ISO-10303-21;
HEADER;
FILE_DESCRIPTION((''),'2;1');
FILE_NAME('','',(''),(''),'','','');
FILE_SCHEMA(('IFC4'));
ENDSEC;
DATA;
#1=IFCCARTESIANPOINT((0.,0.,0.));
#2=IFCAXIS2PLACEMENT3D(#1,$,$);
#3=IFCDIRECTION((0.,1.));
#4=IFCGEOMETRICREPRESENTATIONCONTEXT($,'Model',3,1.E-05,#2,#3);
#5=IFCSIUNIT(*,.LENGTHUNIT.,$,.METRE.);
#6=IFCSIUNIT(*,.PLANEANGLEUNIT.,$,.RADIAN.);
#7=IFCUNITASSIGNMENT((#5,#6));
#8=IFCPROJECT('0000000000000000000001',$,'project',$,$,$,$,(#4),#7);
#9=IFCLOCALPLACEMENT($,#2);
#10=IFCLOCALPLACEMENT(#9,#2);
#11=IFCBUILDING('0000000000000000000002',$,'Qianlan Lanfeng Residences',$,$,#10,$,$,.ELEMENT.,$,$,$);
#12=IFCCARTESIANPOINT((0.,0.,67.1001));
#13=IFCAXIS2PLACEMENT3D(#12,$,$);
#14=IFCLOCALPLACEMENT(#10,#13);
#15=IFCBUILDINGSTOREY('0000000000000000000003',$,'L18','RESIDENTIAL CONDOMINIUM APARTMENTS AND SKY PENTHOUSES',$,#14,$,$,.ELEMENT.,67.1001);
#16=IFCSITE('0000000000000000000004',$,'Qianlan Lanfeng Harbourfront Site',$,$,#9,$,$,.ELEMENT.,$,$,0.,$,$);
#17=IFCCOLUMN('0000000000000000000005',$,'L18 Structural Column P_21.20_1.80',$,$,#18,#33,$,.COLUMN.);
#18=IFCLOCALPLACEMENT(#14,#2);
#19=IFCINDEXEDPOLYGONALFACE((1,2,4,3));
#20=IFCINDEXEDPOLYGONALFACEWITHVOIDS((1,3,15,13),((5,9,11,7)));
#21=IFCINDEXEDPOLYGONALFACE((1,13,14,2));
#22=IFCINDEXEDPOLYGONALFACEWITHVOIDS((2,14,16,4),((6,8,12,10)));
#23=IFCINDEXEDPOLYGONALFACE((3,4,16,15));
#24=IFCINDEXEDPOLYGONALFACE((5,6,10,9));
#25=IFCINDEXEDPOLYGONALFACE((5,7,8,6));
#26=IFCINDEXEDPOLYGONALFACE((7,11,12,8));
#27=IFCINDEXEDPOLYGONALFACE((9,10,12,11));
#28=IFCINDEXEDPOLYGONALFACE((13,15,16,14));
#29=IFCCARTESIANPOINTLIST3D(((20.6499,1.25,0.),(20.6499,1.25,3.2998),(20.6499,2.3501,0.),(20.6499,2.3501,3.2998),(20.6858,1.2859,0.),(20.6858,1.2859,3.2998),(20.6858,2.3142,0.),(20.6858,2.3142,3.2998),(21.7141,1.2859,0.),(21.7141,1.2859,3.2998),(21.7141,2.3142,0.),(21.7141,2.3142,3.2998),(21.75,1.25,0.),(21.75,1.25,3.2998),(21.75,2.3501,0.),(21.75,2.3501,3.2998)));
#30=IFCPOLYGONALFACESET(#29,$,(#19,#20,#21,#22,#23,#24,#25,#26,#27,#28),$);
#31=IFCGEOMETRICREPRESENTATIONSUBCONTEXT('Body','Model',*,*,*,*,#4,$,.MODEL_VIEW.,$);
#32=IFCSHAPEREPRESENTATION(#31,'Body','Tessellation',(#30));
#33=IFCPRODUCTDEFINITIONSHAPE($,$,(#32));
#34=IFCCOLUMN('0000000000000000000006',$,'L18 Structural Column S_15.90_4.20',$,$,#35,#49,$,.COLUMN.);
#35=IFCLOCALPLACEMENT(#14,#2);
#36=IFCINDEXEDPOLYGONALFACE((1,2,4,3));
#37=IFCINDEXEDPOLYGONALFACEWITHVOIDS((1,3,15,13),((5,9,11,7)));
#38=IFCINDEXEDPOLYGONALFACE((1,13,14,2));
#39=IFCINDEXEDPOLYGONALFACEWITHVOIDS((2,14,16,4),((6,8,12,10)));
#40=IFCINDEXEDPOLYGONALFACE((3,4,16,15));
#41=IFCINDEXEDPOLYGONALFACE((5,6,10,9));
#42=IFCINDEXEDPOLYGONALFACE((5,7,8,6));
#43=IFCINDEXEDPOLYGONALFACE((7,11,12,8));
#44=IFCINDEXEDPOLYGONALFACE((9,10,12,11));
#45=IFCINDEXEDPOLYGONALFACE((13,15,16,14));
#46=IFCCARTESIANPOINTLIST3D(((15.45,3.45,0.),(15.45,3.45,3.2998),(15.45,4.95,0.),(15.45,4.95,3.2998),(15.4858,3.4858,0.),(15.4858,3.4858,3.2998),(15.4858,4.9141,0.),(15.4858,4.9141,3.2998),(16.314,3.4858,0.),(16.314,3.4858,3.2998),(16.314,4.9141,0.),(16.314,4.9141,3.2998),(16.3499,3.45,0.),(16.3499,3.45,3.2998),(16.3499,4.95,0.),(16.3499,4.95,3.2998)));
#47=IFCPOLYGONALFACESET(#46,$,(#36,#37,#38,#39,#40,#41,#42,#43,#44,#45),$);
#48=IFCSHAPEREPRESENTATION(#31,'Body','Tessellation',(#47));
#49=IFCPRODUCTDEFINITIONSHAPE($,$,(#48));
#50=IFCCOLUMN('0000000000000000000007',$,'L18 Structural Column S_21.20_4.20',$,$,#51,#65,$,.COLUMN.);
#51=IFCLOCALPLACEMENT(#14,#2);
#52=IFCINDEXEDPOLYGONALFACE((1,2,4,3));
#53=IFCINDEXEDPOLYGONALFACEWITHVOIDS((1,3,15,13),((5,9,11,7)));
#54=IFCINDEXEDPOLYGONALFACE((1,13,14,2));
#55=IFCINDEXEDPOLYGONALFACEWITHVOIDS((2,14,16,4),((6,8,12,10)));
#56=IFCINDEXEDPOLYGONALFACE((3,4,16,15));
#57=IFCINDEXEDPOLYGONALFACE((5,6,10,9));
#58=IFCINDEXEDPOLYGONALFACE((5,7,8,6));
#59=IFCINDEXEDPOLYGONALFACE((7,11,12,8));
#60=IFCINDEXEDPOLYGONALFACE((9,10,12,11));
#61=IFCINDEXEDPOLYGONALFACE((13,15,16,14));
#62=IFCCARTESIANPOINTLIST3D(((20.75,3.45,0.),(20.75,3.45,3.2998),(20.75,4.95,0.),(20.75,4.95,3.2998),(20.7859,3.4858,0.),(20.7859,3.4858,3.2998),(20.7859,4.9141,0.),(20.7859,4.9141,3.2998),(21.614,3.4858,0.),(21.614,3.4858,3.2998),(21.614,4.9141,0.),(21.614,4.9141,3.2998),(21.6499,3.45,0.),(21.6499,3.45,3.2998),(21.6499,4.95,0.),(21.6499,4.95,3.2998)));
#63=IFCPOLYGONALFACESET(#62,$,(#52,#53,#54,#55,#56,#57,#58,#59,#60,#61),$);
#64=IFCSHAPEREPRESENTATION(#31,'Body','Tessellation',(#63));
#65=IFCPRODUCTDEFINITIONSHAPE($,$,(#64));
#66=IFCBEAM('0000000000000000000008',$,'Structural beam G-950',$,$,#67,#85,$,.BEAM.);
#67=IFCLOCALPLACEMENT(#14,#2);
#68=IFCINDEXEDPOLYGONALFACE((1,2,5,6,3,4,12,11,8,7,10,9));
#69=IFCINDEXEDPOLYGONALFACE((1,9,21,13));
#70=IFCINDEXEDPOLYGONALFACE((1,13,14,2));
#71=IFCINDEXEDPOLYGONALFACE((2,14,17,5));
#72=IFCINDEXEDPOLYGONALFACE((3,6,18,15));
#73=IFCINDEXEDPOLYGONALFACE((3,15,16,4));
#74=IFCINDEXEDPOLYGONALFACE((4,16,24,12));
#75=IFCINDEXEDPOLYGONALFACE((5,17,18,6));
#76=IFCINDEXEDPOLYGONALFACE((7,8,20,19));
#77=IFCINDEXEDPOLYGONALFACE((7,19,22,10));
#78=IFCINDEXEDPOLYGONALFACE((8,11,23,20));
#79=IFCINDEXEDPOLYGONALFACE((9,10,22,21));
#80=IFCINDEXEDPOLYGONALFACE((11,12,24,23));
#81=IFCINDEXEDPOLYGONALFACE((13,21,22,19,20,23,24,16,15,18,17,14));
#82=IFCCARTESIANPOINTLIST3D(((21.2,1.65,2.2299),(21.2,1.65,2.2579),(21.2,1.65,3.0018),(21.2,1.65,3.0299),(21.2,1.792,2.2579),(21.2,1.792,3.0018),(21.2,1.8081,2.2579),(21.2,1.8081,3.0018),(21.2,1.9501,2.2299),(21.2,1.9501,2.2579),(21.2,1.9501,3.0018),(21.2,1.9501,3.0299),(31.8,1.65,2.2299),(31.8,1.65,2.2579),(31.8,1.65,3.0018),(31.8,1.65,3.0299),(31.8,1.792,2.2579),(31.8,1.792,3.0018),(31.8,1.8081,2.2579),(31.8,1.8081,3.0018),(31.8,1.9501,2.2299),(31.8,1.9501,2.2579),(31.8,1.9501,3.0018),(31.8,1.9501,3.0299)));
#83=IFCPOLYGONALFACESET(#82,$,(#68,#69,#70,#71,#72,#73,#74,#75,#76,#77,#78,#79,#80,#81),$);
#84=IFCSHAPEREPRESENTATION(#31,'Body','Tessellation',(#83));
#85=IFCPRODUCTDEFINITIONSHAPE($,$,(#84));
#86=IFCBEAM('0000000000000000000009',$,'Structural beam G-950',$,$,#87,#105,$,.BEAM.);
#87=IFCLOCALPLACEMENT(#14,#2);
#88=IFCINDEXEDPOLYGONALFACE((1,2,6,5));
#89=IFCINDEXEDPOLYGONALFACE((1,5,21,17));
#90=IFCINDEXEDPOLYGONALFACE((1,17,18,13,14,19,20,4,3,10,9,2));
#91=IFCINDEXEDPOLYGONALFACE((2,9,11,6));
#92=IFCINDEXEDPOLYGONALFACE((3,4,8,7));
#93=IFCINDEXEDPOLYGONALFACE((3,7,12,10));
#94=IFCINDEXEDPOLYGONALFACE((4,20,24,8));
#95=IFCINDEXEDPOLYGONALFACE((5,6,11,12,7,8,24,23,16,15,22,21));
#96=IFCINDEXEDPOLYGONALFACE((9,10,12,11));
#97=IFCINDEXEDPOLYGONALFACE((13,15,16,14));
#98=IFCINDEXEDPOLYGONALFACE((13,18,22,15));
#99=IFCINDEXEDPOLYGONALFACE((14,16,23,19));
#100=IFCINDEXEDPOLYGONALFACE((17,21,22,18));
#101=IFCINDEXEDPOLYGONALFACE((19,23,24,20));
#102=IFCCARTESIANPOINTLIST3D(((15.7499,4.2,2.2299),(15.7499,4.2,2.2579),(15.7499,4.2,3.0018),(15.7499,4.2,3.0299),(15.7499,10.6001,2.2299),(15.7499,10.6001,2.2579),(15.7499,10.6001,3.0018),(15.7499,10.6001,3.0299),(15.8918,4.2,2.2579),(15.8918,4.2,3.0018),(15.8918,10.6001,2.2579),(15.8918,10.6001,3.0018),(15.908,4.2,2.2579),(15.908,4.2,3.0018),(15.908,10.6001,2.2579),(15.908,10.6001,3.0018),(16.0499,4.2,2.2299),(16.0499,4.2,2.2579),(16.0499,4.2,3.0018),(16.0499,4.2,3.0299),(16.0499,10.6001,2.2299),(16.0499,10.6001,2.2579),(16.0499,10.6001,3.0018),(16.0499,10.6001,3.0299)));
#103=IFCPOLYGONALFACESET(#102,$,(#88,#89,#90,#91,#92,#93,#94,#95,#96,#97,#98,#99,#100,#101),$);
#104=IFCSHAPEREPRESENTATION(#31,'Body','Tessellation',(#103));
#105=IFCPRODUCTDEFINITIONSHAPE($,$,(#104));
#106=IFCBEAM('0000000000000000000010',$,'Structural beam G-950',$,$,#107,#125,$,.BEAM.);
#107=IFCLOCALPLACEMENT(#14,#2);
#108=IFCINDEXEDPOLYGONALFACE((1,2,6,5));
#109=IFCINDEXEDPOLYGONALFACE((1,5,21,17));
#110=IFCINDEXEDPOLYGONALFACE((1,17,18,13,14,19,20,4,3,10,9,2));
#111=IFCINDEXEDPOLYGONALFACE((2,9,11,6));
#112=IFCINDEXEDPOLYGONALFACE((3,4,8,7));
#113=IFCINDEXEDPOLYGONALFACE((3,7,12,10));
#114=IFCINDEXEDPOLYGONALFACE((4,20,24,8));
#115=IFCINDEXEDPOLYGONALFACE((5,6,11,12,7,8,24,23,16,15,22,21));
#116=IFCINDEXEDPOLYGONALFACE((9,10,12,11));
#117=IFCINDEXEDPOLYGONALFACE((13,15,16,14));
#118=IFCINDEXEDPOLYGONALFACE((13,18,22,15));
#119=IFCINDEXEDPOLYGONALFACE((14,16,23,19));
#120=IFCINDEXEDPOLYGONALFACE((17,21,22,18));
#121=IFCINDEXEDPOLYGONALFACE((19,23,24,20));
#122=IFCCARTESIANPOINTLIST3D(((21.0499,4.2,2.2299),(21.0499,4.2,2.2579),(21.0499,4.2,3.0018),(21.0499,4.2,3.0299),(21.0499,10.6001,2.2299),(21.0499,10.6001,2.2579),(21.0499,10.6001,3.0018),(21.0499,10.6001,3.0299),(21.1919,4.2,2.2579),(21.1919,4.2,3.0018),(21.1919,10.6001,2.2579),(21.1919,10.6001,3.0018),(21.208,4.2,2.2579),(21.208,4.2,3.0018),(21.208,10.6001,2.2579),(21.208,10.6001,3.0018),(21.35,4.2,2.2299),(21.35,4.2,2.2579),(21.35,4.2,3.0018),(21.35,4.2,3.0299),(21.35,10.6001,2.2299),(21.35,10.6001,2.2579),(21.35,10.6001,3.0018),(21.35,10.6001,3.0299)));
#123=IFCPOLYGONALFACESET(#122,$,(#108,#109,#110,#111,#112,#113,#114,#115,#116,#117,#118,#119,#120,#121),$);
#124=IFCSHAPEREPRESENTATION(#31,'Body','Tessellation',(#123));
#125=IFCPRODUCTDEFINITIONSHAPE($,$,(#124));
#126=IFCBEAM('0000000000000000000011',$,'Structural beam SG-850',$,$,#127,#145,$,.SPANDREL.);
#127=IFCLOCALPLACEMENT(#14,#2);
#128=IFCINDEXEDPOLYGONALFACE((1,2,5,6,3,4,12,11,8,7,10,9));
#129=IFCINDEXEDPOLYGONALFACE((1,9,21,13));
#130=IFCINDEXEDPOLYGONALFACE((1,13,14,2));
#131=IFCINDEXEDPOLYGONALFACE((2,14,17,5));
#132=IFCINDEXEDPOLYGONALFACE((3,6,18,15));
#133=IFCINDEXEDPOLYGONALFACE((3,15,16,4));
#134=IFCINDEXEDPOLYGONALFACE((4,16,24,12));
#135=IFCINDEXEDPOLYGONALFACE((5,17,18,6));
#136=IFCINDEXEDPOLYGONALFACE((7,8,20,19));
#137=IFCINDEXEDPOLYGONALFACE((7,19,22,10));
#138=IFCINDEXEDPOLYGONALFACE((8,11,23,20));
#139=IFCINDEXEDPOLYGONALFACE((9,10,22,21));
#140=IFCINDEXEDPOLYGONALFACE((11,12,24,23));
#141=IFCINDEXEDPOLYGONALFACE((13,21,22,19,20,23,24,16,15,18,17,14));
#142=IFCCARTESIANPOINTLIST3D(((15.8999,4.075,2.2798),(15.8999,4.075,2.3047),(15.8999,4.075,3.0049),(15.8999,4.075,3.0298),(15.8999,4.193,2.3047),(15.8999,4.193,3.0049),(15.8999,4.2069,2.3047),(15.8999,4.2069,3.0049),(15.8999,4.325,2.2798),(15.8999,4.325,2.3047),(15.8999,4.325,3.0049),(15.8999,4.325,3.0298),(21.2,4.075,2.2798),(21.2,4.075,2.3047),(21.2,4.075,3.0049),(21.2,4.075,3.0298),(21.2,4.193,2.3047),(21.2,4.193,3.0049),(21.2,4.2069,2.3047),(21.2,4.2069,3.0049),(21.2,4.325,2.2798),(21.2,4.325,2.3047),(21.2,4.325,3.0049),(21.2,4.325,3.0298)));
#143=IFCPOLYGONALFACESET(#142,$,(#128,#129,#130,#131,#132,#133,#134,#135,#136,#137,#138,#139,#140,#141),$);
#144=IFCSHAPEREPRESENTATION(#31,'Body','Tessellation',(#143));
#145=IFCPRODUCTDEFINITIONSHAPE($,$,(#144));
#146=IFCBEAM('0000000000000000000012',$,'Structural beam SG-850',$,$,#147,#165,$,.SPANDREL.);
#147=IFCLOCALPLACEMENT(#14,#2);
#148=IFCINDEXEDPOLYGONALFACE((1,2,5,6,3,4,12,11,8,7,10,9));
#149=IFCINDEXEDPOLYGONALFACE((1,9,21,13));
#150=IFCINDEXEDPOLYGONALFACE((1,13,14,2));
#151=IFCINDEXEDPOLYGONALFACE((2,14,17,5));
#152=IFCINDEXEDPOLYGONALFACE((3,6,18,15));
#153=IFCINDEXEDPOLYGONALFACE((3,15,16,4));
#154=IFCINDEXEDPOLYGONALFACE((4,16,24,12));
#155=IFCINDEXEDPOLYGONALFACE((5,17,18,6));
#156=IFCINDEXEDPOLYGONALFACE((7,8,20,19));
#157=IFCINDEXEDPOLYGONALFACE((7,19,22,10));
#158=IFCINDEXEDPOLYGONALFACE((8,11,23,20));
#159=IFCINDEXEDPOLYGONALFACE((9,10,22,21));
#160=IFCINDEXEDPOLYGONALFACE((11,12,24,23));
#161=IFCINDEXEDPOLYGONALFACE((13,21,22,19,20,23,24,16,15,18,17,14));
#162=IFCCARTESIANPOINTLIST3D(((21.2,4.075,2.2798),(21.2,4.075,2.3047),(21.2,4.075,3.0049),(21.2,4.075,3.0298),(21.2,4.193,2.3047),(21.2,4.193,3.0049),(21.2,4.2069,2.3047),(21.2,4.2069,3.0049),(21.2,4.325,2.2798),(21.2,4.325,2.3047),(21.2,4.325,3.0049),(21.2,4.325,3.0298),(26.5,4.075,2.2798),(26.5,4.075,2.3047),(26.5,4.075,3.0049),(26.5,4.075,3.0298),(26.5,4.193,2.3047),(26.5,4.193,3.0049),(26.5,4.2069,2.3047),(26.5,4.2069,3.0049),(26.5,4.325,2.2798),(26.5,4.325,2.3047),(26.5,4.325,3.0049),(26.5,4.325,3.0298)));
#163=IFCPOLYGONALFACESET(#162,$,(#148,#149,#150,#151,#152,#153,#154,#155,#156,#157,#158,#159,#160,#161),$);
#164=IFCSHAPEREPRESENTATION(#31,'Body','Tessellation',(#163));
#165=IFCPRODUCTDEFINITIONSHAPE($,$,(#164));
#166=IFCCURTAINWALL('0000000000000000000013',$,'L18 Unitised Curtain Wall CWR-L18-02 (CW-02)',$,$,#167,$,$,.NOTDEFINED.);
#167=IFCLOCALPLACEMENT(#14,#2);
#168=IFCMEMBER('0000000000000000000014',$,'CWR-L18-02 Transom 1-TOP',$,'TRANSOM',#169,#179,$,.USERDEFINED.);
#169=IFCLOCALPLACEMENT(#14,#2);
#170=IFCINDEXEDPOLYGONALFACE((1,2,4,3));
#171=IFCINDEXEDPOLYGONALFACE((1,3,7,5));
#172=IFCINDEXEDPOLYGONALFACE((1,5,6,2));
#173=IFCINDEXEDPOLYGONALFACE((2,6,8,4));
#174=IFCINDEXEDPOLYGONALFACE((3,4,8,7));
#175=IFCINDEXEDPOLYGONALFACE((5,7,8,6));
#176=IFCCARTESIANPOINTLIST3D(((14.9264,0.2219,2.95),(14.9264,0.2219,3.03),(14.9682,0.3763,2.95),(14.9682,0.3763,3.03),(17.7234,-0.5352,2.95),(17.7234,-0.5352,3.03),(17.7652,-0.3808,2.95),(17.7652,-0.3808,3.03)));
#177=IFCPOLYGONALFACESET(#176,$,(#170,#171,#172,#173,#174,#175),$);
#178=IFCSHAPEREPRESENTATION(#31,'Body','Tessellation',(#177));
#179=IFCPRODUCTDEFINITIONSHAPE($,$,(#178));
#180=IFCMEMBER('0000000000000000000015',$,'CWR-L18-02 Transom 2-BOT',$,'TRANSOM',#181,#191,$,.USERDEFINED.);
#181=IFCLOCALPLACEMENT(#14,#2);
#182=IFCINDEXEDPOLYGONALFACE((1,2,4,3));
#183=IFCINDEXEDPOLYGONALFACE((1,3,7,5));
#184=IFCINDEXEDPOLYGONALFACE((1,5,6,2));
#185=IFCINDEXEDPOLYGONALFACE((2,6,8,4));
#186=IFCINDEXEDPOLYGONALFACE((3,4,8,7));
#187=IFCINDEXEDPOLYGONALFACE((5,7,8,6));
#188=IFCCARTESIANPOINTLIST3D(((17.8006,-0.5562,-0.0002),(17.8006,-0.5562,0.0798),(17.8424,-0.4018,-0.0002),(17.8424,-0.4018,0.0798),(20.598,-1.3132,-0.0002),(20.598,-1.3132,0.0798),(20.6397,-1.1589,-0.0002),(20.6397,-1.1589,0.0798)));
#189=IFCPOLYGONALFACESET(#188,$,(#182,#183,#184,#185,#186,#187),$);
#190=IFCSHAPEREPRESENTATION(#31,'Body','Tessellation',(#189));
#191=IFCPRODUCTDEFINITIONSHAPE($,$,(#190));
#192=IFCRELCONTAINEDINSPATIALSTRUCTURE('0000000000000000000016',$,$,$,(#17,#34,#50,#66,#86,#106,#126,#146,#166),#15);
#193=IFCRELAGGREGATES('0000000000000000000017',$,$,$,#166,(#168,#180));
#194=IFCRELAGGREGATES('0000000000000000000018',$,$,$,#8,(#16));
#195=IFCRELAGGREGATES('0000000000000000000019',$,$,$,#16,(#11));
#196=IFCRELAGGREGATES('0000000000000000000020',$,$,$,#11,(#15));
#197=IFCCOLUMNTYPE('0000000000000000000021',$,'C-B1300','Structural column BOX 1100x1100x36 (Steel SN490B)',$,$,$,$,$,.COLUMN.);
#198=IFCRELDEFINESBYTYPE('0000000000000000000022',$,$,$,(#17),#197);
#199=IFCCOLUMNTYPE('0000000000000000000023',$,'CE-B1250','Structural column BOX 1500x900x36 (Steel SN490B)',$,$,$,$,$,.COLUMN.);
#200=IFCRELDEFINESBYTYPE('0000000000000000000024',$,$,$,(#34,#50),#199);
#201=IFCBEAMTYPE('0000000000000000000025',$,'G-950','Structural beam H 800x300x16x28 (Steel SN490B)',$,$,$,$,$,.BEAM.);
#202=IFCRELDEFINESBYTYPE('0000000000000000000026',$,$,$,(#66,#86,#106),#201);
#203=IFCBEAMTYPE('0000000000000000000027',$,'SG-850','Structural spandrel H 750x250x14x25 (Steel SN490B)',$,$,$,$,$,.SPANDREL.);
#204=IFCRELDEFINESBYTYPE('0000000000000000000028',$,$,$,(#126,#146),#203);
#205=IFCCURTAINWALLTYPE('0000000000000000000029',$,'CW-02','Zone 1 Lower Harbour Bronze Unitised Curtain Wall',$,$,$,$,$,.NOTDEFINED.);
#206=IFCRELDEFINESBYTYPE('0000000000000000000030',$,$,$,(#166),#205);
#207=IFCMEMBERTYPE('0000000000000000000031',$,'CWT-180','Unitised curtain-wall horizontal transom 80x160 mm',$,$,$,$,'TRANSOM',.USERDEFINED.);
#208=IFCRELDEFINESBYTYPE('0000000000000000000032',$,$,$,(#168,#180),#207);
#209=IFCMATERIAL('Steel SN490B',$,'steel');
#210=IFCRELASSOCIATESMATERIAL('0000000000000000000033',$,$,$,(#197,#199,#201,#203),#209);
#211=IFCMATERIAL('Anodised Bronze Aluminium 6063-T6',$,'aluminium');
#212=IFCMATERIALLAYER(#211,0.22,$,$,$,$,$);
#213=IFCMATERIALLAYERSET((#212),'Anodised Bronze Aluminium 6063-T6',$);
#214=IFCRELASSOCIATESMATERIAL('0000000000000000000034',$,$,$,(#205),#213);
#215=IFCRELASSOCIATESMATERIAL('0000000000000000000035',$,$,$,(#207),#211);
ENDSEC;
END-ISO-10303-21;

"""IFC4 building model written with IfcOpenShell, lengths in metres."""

from ifc_helpers import new_model, si_unit, direction, frame, origin, origin_2d, place, context, subcontext, project, spatial, rectangle, hollow_rectangle, i_section, extrude, source, transform, mapped, material, layer, layer_set, material_profile, profile_set, type_object, element, aggregate, save


model = new_model("IFC4")

# Units and contexts
model_context = context("Model", 3, precision=1e-05, world=origin(), true_north=direction((0.0, 1.0)))
body_context = subcontext(model_context, "Body", "Model", "MODEL_VIEW")
ifc_project = project(units=[si_unit("LENGTHUNIT", "METRE"), si_unit("PLANEANGLEUNIT", "RADIAN")], contexts=[model_context])

# Site, building, storey
site_placement = place(None, origin())
site = spatial("IfcSite", under=ifc_project, at=site_placement, Name="Qianlan Lanfeng Harbourfront Site", CompositionType="ELEMENT", RefElevation=0.0)
building_placement = place(site_placement, origin())
building = spatial("IfcBuilding", under=site, at=building_placement, Name="Qianlan Lanfeng Residences", CompositionType="ELEMENT")
storey_placement = place(building_placement, frame((0.0, 0.0, 67.1001)))
storey = spatial("IfcBuildingStorey", under=building, at=storey_placement, Name="L18", Description="RESIDENTIAL CONDOMINIUM APARTMENTS AND SKY PENTHOUSES", CompositionType="ELEMENT", Elevation=67.1001)

# Columns
ifc_material_1 = material(Name="Steel SN490B", Category="steel")
ifc_material_profile_1 = material_profile(ifc_material_1, hollow_rectangle(XDim=1.1001, YDim=1.1001, WallThickness=0.0359, at=origin_2d()), Name="BOX 1100x1100x36")
ifc_profile_set_1 = profile_set([ifc_material_profile_1], Name="Steel SN490B")
column_type_1 = type_object("IfcColumnType", Name="C-B1300", Description="Structural column BOX 1100x1100x36 (Steel SN490B)", PredefinedType="COLUMN", material=ifc_profile_set_1)
column_placement = place(storey_placement, frame((21.2, 1.8, 0.0), z_axis=(0.0, 0.0, 1.0), x_axis=(1.0, 0.0, 0.0)))
element("IfcColumn", 1, at=column_placement, inside=storey, type_object=column_type_1, Name="L18 Structural Column P_21.20_1.80", PredefinedType="COLUMN", context=body_context, shape_type="SweptSolid", body=[
    extrude(hollow_rectangle(XDim=1.1001, YDim=1.1001, WallThickness=0.0359, at=origin_2d()), origin(), (0.0, 0.0, 1.0), 3.2998),
])
ifc_material_profile_2 = material_profile(ifc_material_1, hollow_rectangle(XDim=0.8999, YDim=1.5, WallThickness=0.0359, at=origin_2d()), Name="BOX 1500x900x36")
ifc_profile_set_2 = profile_set([ifc_material_profile_2], Name="Steel SN490B")
column_type_2 = type_object("IfcColumnType", Name="CE-B1250", Description="Structural column BOX 1500x900x36 (Steel SN490B)", PredefinedType="COLUMN", material=ifc_profile_set_2)
for number, where, z_axis, x_axis, name in (
    (2, (15.8999, 4.2, 0.0), (0.0, 0.0, 1.0), (1.0, 0.0, 0.0), "L18 Structural Column S_15.90_4.20"),
    (3, (21.2, 4.2, 0.0), (0.0, 0.0, 1.0), (1.0, 0.0, 0.0), "L18 Structural Column S_21.20_4.20"),
):
    element("IfcColumn", number, at=place(storey_placement, frame(where, z_axis=z_axis, x_axis=x_axis)), inside=storey, type_object=column_type_2, Name=name, PredefinedType="COLUMN", context=body_context, shape_type="SweptSolid", body=[
        extrude(hollow_rectangle(XDim=0.8999, YDim=1.5, WallThickness=0.0359, at=origin_2d()), origin(), (0.0, 0.0, 1.0), 3.2998),
    ])

# Beams
ifc_material_profile_3 = material_profile(ifc_material_1, i_section(OverallWidth=0.3, OverallDepth=0.8, WebThickness=0.0161, FlangeThickness=0.0281, at=origin_2d()), Name="H 800x300x16x28")
ifc_profile_set_3 = profile_set([ifc_material_profile_3], Name="Steel SN490B")
beam_type_1 = type_object("IfcBeamType", Name="G-950", Description="Structural beam H 800x300x16x28 (Steel SN490B)", PredefinedType="BEAM", material=ifc_profile_set_3)
beam_placement = place(storey_placement, frame((21.2, 1.8, 2.6299), z_axis=(1.0, 0.0, 0.0), x_axis=(0.0, 1.0, 0.0)))
element("IfcBeam", 4, at=beam_placement, inside=storey, type_object=beam_type_1, Name="Structural beam G-950", PredefinedType="BEAM", context=body_context, shape_type="SweptSolid", body=[
    extrude(i_section(OverallWidth=0.3, OverallDepth=0.8, WebThickness=0.0161, FlangeThickness=0.0281, at=origin_2d()), origin(), (0.0, 0.0, 1.0), 10.6001),
])
for number, where, z_axis, x_axis, name in (
    (5, (15.8999, 4.2, 2.6299), (0.0, 1.0, 0.0), (-1.0, 0.0, 0.0), "Structural beam G-950"),
    (6, (21.2, 4.2, 2.6299), (0.0, 1.0, 0.0), (-1.0, 0.0, 0.0), "Structural beam G-950"),
):
    element("IfcBeam", number, at=place(storey_placement, frame(where, z_axis=z_axis, x_axis=x_axis)), inside=storey, type_object=beam_type_1, Name=name, PredefinedType="BEAM", context=body_context, shape_type="SweptSolid", body=[
        extrude(i_section(OverallWidth=0.3, OverallDepth=0.8, WebThickness=0.0161, FlangeThickness=0.0281, at=origin_2d()), origin(), (0.0, 0.0, 1.0), 6.4001),
    ])
ifc_material_profile_4 = material_profile(ifc_material_1, i_section(OverallWidth=0.25, OverallDepth=0.75, WebThickness=0.0139, FlangeThickness=0.0249, at=origin_2d()), Name="H 750x250x14x25")
ifc_profile_set_4 = profile_set([ifc_material_profile_4], Name="Steel SN490B")
beam_type_2 = type_object("IfcBeamType", Name="SG-850", Description="Structural spandrel H 750x250x14x25 (Steel SN490B)", PredefinedType="SPANDREL", material=ifc_profile_set_4)
for number, where, z_axis, x_axis, name in (
    (7, (15.8999, 4.2, 2.6548), (1.0, 0.0, 0.0), (0.0, 1.0, 0.0), "Structural beam SG-850"),
    (8, (21.2, 4.2, 2.6548), (1.0, 0.0, 0.0), (0.0, 1.0, 0.0), "Structural beam SG-850"),
):
    element("IfcBeam", number, at=place(storey_placement, frame(where, z_axis=z_axis, x_axis=x_axis)), inside=storey, type_object=beam_type_2, Name=name, PredefinedType="SPANDREL", context=body_context, shape_type="SweptSolid", body=[
        extrude(i_section(OverallWidth=0.25, OverallDepth=0.75, WebThickness=0.0139, FlangeThickness=0.0249, at=origin_2d()), origin(), (0.0, 0.0, 1.0), 5.3),
    ])

# Curtain wall, members
ifc_material_2 = material(Name="Anodised Bronze Aluminium 6063-T6", Category="aluminium")
ifc_layer_1 = layer(ifc_material_2, 0.22)
ifc_layer_set_1 = layer_set([ifc_layer_1], Name="Anodised Bronze Aluminium 6063-T6")
curtain_wall_type = type_object("IfcCurtainWallType", Name="CW-02", Description="Zone 1 Lower Harbour Bronze Unitised Curtain Wall", PredefinedType="NOTDEFINED", material=ifc_layer_set_1)
curtain_wall_placement = place(storey_placement, origin())
curtain_wall = element("IfcCurtainWall", 9, at=curtain_wall_placement, inside=storey, type_object=curtain_wall_type, Name="L18 Unitised Curtain Wall CWR-L18-02 (CW-02)", PredefinedType="NOTDEFINED")
ifc_material_profile_5 = material_profile(ifc_material_2, rectangle(XDim=0.0801, YDim=0.1599, at=origin_2d()), Name="ALU TRANSOM 80x160")
ifc_profile_set_5 = profile_set([ifc_material_profile_5], Name="Anodised Bronze Aluminium 6063-T6")
member_type_1 = type_object("IfcMemberType", Name="CWT-180", Description="Unitised curtain-wall horizontal transom 80x160 mm", ElementType="TRANSOM", PredefinedType="USERDEFINED", material=ifc_profile_set_5)
shared_shape_1 = source(origin(), body_context, "Body", "SweptSolid", [
    extrude(rectangle(XDim=0.0801, YDim=0.1599, at=origin_2d()), origin(), (0.0, 0.0, 1.0), 2.8977),
])
member_1_placement = place(storey_placement, frame((14.9473, 0.2991, 2.99), z_axis=(0.965268, -0.261263, 0.0), x_axis=(0.0, 0.0, 1.0)))
member_1 = element("IfcMember", 10, at=member_1_placement, type_object=member_type_1, Name="CWR-L18-02 Transom 1-TOP", ObjectType="TRANSOM", PredefinedType="USERDEFINED", context=body_context, shape_type="MappedRepresentation", body=[
    mapped(shared_shape_1, transform((0.0, 0.0, 0.0), scale=1.0)),
])
shared_shape_2 = source(origin(), body_context, "Body", "SweptSolid", [
    extrude(rectangle(XDim=0.0801, YDim=0.1599, at=origin_2d()), origin(), (0.0, 0.0, 1.0), 2.8979),
])
member_2_placement = place(storey_placement, frame((17.8215, -0.479, 0.0398), z_axis=(0.965273, -0.261242, 0.0), x_axis=(0.0, 0.0, 1.0)))
member_2 = element("IfcMember", 11, at=member_2_placement, type_object=member_type_1, Name="CWR-L18-02 Transom 2-BOT", ObjectType="TRANSOM", PredefinedType="USERDEFINED", context=body_context, shape_type="MappedRepresentation", body=[
    mapped(shared_shape_2, transform((0.0, 0.0, 0.0), scale=1.0)),
])
aggregate(curtain_wall, [member_1, member_2])

save(model, "model.ifc")
